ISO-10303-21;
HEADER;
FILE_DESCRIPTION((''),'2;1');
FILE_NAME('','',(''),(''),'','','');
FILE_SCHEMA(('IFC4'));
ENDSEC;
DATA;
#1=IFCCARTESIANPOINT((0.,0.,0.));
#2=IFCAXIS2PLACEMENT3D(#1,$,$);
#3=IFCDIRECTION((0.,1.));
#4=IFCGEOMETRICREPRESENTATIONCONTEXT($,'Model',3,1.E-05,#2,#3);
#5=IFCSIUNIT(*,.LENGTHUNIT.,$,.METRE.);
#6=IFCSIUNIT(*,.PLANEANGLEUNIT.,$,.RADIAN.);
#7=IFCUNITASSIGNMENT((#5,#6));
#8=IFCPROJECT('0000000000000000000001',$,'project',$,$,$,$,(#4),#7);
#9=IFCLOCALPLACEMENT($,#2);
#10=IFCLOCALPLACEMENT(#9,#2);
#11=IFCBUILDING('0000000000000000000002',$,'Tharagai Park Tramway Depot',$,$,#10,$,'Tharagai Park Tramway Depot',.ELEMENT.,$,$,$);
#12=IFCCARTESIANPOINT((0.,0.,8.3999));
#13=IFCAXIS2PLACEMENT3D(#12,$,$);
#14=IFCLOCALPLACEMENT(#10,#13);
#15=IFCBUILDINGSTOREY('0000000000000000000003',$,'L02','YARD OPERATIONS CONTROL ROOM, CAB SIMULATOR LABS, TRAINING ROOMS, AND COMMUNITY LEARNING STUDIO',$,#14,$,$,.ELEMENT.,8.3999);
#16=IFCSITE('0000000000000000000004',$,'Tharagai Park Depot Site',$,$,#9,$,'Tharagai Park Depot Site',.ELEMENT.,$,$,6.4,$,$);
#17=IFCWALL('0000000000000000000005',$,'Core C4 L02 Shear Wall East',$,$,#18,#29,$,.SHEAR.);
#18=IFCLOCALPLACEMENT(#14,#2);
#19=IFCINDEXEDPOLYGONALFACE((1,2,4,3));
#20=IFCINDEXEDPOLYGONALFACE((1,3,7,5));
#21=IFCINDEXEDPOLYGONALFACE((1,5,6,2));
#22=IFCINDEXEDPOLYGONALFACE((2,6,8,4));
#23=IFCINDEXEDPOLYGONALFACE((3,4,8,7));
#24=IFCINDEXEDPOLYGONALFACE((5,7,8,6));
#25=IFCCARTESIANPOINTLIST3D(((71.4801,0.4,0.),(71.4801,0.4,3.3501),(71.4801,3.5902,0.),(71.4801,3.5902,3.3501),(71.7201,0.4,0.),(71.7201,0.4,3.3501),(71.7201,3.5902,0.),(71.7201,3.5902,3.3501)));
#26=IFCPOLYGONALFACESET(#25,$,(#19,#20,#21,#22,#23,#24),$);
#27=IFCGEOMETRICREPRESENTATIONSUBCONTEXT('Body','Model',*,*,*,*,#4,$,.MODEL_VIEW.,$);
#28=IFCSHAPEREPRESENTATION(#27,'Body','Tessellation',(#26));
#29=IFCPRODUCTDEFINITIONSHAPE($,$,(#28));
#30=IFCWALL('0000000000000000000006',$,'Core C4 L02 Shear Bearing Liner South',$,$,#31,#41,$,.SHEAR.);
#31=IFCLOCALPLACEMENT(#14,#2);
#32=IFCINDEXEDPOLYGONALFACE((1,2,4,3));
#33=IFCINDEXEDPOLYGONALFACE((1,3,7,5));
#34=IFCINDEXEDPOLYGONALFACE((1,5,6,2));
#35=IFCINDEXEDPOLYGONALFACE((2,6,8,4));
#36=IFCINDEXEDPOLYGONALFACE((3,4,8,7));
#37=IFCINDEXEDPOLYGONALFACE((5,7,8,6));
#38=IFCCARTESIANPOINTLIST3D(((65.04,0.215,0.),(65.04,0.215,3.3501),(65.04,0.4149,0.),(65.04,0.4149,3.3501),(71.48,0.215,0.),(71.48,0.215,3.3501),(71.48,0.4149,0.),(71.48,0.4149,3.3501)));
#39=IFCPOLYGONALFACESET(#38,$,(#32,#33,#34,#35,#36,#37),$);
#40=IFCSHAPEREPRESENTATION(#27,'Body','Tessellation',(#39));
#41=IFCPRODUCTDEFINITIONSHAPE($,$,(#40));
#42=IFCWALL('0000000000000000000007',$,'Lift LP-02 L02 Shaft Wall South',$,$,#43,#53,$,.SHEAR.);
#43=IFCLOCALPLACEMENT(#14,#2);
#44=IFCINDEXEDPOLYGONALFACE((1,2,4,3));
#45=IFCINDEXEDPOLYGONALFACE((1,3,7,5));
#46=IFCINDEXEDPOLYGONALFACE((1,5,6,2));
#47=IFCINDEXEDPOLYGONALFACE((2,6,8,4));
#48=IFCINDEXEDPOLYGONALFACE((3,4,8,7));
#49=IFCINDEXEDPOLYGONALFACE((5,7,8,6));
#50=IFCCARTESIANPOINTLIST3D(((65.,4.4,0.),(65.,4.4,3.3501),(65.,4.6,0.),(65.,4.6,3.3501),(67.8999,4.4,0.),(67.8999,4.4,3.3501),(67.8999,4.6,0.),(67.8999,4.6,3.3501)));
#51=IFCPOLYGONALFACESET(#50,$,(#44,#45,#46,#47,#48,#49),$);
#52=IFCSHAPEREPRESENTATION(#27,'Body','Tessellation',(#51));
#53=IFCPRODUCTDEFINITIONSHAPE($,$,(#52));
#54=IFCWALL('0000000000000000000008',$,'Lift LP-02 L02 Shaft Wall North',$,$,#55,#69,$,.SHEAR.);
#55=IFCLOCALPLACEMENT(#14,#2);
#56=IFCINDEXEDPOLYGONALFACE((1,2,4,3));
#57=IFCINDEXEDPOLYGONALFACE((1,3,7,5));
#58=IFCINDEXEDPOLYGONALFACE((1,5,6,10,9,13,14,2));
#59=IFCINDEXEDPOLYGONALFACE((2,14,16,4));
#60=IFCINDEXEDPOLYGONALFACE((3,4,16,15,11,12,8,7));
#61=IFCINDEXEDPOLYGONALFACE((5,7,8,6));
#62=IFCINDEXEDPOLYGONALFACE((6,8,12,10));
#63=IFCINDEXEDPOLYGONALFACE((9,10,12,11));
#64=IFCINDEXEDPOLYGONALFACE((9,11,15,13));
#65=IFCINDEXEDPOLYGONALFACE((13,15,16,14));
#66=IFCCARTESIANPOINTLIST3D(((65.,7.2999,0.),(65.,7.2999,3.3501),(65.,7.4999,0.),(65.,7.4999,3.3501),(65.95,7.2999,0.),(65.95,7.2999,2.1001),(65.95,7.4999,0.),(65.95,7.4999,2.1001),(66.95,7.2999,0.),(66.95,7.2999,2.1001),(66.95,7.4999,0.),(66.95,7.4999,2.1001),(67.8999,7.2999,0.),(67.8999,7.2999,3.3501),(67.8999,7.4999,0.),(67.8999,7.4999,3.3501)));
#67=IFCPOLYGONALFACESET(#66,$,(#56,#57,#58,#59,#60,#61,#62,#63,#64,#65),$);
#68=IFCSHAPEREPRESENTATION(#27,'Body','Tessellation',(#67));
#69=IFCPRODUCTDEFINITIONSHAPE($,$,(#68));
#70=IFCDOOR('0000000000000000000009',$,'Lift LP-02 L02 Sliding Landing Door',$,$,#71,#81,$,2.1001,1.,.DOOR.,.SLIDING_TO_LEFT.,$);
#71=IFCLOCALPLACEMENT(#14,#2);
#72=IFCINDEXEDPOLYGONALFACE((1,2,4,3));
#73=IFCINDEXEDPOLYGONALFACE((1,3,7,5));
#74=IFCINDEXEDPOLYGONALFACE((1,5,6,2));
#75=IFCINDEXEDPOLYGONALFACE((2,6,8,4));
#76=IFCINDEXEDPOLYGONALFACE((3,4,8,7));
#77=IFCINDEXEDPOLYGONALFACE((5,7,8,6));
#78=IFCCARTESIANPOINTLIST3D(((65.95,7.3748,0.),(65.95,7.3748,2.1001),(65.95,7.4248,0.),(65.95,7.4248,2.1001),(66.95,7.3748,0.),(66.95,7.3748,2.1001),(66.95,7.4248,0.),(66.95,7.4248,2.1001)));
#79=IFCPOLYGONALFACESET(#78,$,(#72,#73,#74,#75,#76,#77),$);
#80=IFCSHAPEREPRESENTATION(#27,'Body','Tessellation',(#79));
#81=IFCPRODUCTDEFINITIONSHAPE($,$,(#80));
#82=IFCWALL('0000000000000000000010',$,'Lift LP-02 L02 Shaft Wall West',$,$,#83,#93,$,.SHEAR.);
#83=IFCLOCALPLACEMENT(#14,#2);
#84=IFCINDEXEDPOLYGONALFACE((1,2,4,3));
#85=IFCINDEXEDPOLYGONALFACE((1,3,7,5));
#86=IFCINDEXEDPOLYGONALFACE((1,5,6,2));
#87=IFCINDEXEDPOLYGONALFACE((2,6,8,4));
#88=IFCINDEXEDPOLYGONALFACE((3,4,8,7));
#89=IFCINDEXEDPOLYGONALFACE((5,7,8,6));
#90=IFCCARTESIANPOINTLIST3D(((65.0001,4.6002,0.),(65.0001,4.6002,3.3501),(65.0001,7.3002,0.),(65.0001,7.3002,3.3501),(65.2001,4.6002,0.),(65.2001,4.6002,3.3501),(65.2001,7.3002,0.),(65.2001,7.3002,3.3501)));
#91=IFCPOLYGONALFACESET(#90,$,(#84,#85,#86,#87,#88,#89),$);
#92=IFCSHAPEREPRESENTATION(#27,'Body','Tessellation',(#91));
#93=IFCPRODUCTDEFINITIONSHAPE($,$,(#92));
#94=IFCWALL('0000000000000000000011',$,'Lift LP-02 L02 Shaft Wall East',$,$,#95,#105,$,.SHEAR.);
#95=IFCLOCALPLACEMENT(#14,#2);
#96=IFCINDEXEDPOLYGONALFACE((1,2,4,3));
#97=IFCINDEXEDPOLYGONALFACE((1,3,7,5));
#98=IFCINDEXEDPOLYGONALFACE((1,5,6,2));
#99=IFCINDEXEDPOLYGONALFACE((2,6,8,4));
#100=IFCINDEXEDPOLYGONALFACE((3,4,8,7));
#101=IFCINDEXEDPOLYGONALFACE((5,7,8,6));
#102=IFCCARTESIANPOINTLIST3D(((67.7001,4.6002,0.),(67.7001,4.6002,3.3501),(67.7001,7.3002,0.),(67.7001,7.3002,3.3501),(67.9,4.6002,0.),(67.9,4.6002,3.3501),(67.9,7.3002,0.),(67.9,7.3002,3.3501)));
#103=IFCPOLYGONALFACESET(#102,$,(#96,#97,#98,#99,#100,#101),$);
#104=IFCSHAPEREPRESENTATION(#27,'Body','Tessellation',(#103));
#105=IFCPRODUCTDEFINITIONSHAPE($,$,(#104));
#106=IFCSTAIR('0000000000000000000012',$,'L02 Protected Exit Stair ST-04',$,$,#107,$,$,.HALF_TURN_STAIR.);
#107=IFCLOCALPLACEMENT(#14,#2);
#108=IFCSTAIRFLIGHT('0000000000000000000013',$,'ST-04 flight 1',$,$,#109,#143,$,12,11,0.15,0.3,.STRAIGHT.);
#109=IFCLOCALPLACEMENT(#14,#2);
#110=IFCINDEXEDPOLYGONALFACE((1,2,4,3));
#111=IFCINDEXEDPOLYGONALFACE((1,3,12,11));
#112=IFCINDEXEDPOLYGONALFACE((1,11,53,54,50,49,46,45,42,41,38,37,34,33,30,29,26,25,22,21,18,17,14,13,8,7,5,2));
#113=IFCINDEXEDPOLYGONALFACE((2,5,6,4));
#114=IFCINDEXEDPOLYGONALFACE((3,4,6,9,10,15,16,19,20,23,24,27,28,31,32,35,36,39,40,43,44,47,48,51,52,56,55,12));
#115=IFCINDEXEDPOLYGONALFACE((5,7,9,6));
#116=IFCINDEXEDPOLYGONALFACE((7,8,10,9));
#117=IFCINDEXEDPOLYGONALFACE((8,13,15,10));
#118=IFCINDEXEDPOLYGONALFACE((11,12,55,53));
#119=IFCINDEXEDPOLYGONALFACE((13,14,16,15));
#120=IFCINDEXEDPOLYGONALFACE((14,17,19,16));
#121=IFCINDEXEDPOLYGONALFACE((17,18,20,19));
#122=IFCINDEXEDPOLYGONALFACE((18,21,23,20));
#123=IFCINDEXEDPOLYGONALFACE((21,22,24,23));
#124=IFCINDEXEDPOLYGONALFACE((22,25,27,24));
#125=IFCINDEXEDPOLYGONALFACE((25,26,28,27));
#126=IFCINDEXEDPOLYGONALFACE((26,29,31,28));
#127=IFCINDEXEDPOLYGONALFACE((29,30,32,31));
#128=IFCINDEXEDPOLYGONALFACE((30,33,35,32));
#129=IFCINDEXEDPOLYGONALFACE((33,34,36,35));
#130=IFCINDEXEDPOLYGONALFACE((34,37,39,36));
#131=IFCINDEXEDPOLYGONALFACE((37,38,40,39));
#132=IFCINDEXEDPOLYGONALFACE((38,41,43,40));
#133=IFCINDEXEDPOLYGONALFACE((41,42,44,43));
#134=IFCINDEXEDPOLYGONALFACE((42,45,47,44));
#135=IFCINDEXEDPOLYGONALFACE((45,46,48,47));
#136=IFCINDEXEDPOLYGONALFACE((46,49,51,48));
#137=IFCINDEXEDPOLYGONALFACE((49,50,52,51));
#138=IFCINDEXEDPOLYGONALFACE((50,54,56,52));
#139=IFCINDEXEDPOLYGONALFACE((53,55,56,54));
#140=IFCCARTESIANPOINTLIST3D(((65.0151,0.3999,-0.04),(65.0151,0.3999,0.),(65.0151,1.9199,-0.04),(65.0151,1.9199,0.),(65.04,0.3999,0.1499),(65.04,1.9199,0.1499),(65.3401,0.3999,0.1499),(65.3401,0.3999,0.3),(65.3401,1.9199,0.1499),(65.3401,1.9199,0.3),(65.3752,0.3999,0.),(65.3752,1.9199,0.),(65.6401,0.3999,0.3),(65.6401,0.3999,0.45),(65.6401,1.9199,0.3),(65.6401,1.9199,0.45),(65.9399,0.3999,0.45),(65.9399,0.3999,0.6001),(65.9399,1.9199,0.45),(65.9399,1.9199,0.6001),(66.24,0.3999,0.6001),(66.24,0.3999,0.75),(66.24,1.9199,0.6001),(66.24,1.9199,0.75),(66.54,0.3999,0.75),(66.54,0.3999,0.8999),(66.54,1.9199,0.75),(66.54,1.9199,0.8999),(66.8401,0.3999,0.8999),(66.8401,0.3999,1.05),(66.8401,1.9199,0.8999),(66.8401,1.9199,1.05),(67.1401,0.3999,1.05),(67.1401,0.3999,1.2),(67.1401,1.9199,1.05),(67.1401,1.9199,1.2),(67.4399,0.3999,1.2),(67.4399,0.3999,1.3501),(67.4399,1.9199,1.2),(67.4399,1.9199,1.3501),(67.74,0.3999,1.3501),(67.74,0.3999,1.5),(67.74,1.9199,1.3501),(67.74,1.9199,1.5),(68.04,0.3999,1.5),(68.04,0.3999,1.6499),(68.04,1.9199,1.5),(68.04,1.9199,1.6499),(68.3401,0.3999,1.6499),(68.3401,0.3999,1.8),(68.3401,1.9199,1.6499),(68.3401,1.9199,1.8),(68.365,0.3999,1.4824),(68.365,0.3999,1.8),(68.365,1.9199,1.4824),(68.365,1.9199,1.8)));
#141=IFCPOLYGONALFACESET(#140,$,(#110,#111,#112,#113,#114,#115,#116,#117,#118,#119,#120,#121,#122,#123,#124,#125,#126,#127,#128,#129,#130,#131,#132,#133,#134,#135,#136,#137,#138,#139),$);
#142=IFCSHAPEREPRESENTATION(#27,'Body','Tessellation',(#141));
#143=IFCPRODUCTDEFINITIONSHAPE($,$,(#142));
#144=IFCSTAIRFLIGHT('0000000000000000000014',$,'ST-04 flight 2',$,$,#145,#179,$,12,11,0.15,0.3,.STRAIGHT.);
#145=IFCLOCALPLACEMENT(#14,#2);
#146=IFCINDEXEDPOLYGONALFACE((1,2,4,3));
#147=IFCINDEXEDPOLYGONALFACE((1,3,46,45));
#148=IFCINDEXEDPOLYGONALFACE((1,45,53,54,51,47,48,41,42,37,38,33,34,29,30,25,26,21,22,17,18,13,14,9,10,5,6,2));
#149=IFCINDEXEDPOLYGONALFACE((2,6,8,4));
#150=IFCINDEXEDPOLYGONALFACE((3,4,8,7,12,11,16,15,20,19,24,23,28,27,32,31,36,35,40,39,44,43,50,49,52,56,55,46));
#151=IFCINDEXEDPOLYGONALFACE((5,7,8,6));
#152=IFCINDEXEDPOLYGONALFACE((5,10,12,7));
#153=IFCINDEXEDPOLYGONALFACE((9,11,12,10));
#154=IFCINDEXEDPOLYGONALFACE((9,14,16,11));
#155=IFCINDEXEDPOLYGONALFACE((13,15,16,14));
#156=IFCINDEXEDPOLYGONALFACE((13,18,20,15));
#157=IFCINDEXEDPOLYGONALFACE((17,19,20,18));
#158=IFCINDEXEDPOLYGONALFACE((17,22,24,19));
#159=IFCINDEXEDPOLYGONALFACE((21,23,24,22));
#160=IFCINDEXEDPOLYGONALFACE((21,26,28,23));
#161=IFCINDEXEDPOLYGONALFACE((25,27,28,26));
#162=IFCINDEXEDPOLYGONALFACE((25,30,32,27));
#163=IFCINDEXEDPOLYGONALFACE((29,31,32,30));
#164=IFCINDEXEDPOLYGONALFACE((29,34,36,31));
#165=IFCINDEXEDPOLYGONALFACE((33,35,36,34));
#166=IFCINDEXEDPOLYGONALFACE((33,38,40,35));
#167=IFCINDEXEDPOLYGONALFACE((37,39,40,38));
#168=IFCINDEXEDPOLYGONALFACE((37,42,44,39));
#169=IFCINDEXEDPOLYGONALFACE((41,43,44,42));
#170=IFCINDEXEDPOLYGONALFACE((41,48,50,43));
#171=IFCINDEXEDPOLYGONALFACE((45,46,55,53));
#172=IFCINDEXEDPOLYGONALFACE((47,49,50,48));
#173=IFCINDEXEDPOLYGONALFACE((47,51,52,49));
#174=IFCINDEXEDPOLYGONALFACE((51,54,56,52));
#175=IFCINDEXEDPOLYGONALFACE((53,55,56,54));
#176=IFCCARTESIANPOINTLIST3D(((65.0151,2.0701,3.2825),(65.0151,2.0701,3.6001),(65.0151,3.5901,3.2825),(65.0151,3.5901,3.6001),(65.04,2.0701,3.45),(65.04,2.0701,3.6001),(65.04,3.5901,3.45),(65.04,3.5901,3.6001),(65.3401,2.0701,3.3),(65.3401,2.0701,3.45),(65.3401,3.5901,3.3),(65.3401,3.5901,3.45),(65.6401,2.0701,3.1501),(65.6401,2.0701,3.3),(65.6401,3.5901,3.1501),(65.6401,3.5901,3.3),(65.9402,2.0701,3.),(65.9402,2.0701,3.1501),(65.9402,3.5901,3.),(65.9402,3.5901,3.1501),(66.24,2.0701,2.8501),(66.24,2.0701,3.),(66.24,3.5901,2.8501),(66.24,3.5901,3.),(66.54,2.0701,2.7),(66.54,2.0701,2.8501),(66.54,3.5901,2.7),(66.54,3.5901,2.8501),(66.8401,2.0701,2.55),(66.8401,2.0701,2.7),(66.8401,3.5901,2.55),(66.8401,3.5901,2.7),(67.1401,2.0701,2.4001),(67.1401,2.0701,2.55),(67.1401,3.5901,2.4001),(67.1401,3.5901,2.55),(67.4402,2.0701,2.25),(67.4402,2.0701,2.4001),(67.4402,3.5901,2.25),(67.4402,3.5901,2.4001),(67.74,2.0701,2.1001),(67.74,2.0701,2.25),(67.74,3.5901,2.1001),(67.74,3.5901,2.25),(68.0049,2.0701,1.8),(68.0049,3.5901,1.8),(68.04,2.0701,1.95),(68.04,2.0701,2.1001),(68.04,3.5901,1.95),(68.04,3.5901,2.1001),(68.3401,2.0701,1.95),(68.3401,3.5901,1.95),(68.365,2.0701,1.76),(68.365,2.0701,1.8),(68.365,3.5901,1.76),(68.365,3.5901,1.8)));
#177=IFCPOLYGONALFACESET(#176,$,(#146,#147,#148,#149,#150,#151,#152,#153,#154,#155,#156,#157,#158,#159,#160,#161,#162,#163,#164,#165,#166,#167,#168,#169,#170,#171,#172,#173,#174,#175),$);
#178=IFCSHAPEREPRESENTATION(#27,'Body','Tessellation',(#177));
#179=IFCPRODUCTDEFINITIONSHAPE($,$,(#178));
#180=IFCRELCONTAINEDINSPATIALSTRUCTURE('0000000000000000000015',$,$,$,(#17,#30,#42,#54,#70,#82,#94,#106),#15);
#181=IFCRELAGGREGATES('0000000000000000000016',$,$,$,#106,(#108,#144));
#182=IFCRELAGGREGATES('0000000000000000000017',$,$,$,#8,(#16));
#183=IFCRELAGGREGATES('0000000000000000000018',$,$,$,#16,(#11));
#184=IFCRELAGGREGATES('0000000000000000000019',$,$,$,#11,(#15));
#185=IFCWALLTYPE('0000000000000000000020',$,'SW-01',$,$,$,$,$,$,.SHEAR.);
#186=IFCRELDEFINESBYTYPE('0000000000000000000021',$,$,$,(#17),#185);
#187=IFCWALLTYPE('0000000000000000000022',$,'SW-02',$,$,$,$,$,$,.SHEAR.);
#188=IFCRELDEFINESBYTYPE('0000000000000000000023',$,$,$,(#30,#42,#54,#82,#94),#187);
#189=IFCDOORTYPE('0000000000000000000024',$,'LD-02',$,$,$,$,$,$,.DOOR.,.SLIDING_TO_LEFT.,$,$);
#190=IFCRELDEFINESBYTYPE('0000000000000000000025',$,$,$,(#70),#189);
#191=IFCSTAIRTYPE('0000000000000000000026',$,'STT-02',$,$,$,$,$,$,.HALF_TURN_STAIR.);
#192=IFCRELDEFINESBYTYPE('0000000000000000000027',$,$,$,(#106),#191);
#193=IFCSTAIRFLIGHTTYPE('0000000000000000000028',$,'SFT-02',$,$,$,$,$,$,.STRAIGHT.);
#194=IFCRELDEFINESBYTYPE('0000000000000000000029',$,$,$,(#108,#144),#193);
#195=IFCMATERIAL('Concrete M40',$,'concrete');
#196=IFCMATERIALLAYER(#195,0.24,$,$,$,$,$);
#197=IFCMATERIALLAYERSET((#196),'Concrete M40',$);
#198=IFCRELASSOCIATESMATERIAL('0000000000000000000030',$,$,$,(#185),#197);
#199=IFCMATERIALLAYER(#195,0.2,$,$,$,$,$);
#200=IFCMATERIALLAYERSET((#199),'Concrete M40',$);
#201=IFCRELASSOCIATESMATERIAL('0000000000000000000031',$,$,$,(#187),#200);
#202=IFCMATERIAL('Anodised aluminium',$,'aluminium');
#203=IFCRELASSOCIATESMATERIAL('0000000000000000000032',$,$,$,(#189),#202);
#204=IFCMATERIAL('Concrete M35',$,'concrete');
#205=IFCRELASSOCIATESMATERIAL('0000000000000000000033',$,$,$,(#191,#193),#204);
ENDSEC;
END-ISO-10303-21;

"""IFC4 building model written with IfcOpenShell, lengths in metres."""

from ifc_helpers import new_model, si_unit, direction, frame, frame_2d, origin, place, context, subcontext, project, spatial, polyline, rectangle, outline, extrude, material, layer, layer_set, type_object, element, fill, aggregate, save


model = new_model("IFC4")

# Units and contexts
model_context = context("Model", 3, precision=1e-05, world=origin(), true_north=direction((0.0, 1.0)))
body_context = subcontext(model_context, "Body", "Model", "MODEL_VIEW")
ifc_project = project(units=[si_unit("LENGTHUNIT", "METRE"), si_unit("PLANEANGLEUNIT", "RADIAN")], contexts=[model_context])

# Site, building, storey
site_placement = place(None, origin())
site = spatial("IfcSite", under=ifc_project, at=site_placement, Name="Tharagai Park Depot Site", LongName="Tharagai Park Depot Site", CompositionType="ELEMENT", RefElevation=6.4)
building_placement = place(site_placement, origin())
building = spatial("IfcBuilding", under=site, at=building_placement, Name="Tharagai Park Tramway Depot", LongName="Tharagai Park Tramway Depot", CompositionType="ELEMENT")
storey_placement = place(building_placement, frame((0.0, 0.0, 8.3999)))
storey = spatial("IfcBuildingStorey", under=building, at=storey_placement, Name="L02", Description="YARD OPERATIONS CONTROL ROOM, CAB SIMULATOR LABS, TRAINING ROOMS, AND COMMUNITY LEARNING STUDIO", CompositionType="ELEMENT", Elevation=8.3999)

# Shared definitions
ifc_material_1 = material(Name="Concrete M40", Category="concrete")

# Shared definitions
ifc_material_2 = material(Name="Concrete M35", Category="concrete")

# Shared definitions
ifc_layer_1 = layer(ifc_material_1, 0.24)
ifc_layer_set_1 = layer_set([ifc_layer_1], Name="Concrete M40")
wall_type_1 = type_object("IfcWallType", Name="SW-01", PredefinedType="SHEAR", material=ifc_layer_set_1)

# Walls
for number, where, z_axis, x_axis, name in (
    (1, (71.6001, 0.3999, 0.0), (0.0, 0.0, 1.0), (0.0, 1.0, 0.0), "Core C4 L02 Shear Wall East"),
):
    element("IfcWall", number, at=place(storey_placement, frame(where, z_axis=z_axis, x_axis=x_axis)), inside=storey, type_object=wall_type_1, Name=name, PredefinedType="SHEAR", context=body_context, shape_type="SweptSolid", body=[
        extrude(rectangle(XDim=3.1902, YDim=0.24, at=frame_2d((1.5952, 0.0))), origin(), (0.0, 0.0, 1.0), 3.3501),
    ])
ifc_layer_2 = layer(ifc_material_1, 0.2)
ifc_layer_set_2 = layer_set([ifc_layer_2], Name="Concrete M40")
wall_type_2 = type_object("IfcWallType", Name="SW-02", PredefinedType="SHEAR", material=ifc_layer_set_2)
wall_1_placement = place(storey_placement, frame((65.04, 0.3149, 0.0), z_axis=(0.0, 0.0, 1.0), x_axis=(1.0, 0.0, 0.0)))
element("IfcWall", 2, at=wall_1_placement, inside=storey, type_object=wall_type_2, Name="Core C4 L02 Shear Bearing Liner South", PredefinedType="SHEAR", context=body_context, shape_type="SweptSolid", body=[
    extrude(rectangle(XDim=6.4399, YDim=0.2, at=frame_2d((3.22, 0.0))), origin(), (0.0, 0.0, 1.0), 3.3501),
])
wall_2_placement = place(storey_placement, frame((65.0, 4.5, 0.0), z_axis=(0.0, 0.0, 1.0), x_axis=(1.0, 0.0, 0.0)))
element("IfcWall", 3, at=wall_2_placement, inside=storey, type_object=wall_type_2, Name="Lift LP-02 L02 Shaft Wall South", PredefinedType="SHEAR", context=body_context, shape_type="SweptSolid", body=[
    extrude(rectangle(XDim=2.8999, YDim=0.2, at=frame_2d((1.45, 0.0))), origin(), (0.0, 0.0, 1.0), 3.3501),
])

# Wall, opening, door
wall_3_placement = place(storey_placement, frame((65.0, 7.3999, 0.0), z_axis=(0.0, 0.0, 1.0), x_axis=(1.0, 0.0, 0.0)))
wall_3 = element("IfcWall", 4, at=wall_3_placement, inside=storey, type_object=wall_type_2, Name="Lift LP-02 L02 Shaft Wall North", PredefinedType="SHEAR", context=body_context, shape_type="SweptSolid", body=[
    extrude(rectangle(XDim=2.8999, YDim=0.2, at=frame_2d((1.45, 0.0))), origin(), (0.0, 0.0, 1.0), 3.3501),
])
opening_1_placement = place(wall_3_placement, frame((0.95, 0.0, 0.0)))
opening_1 = element("IfcOpeningElement", 5, at=opening_1_placement, cuts=wall_3, PredefinedType="OPENING", context=body_context, shape_type="SweptSolid", body=[
    extrude(rectangle(XDim=1.0, YDim=2.1001, at=frame_2d((0.5, 1.05))), frame((0.0, 0.1099, 0.0), z_axis=(0.0, -1.0, 0.0), x_axis=(1.0, 0.0, 0.0)), (0.0, 0.0, 1.0), 0.22),
])
ifc_material_3 = material(Name="Anodised aluminium", Category="aluminium")
door_type_1 = type_object("IfcDoorType", Name="LD-02", OperationType="SLIDING_TO_LEFT", PredefinedType="DOOR", material=ifc_material_3)
door_1_placement = place(opening_1_placement, origin())
door_1 = element("IfcDoor", 6, at=door_1_placement, inside=storey, type_object=door_type_1, Name="Lift LP-02 L02 Sliding Landing Door", OperationType="SLIDING_TO_LEFT", OverallHeight=2.1001, OverallWidth=1.0, PredefinedType="DOOR", context=body_context, shape_type="SweptSolid", body=[
    extrude(rectangle(XDim=1.0, YDim=2.1001, at=frame_2d((0.5, 1.05))), frame((0.0, 0.0249, 0.0), z_axis=(0.0, -1.0, 0.0), x_axis=(1.0, 0.0, 0.0)), (0.0, 0.0, 1.0), 0.05),
])
fill(opening_1, door_1)

# Walls
for number, where, z_axis, x_axis, name in (
    (7, (65.1001, 4.6001, 0.0), (0.0, 0.0, 1.0), (0.0, 1.0, 0.0), "Lift LP-02 L02 Shaft Wall West"),
    (8, (67.8, 4.6001, 0.0), (0.0, 0.0, 1.0), (0.0, 1.0, 0.0), "Lift LP-02 L02 Shaft Wall East"),
):
    element("IfcWall", number, at=place(storey_placement, frame(where, z_axis=z_axis, x_axis=x_axis)), inside=storey, type_object=wall_type_2, Name=name, PredefinedType="SHEAR", context=body_context, shape_type="SweptSolid", body=[
        extrude(rectangle(XDim=2.7, YDim=0.2, at=frame_2d((1.3501, 0.0))), origin(), (0.0, 0.0, 1.0), 3.3501),
    ])

# Stair, stair flights
stair_type = type_object("IfcStairType", Name="STT-02", PredefinedType="HALF_TURN_STAIR", material=ifc_material_2)
stair_placement = place(storey_placement, origin())
stair = element("IfcStair", 9, at=stair_placement, inside=storey, type_object=stair_type, Name="L02 Protected Exit Stair ST-04", PredefinedType="HALF_TURN_STAIR")
stair_flight_type = type_object("IfcStairFlightType", Name="SFT-02", PredefinedType="STRAIGHT", material=ifc_material_2)
stair_flight_1_placement = place(storey_placement, frame((65.04, 1.1599, 0.0), z_axis=(0.0, 0.0, 1.0), x_axis=(1.0, 0.0, 0.0)))
stair_flight_1 = element("IfcStairFlight", 10, at=stair_flight_1_placement, type_object=stair_flight_type, Name="ST-04 flight 1", NumberOfRisers=12, NumberOfTreads=11, PredefinedType="STRAIGHT", RiserHeight=0.15, TreadLength=0.3, context=body_context, shape_type="SweptSolid", body=[
    extrude(outline(polyline([(-0.0249, 0.0), (0.0, 0.1499), (0.3, 0.1499), (0.3, 0.3), (0.6001, 0.3), (0.6001, 0.45), (0.8999, 0.45), (0.8999, 0.6001), (1.2, 0.6001), (1.2, 0.75), (1.5, 0.75), (1.5, 0.8999), (1.8, 0.8999), (1.8, 1.05), (2.1001, 1.05), (2.1001, 1.2), (2.3999, 1.2), (2.3999, 1.3501), (2.7, 1.3501), (2.7, 1.5), (3.0, 1.5), (3.0, 1.6499), (3.3, 1.6499), (3.3, 1.8), (3.325, 1.8), (3.325, 1.4824), (0.3352, 0.0), (-0.0249, -0.04), (-0.0249, 0.0)])), frame((0.0, 0.76, 0.0), z_axis=(0.0, -1.0, 0.0), x_axis=(1.0, 0.0, 0.0)), (0.0, 0.0, 1.0), 1.52),
])
stair_flight_2_placement = place(storey_placement, frame((68.3401, 2.8301, 1.8), z_axis=(0.0, 0.0, 1.0), x_axis=(-1.0, 0.0, 0.0)))
stair_flight_2 = element("IfcStairFlight", 11, at=stair_flight_2_placement, type_object=stair_flight_type, Name="ST-04 flight 2", NumberOfRisers=12, NumberOfTreads=11, PredefinedType="STRAIGHT", RiserHeight=0.15, TreadLength=0.3, context=body_context, shape_type="SweptSolid", body=[
    extrude(outline(polyline([(-0.0249, 0.0), (0.0, 0.1499), (0.3, 0.1499), (0.3, 0.3), (0.6001, 0.3), (0.6001, 0.45), (0.8999, 0.45), (0.8999, 0.6001), (1.2, 0.6001), (1.2, 0.75), (1.5, 0.75), (1.5, 0.8999), (1.8, 0.8999), (1.8, 1.05), (2.1001, 1.05), (2.1001, 1.2), (2.3999, 1.2), (2.3999, 1.3501), (2.7, 1.3501), (2.7, 1.5), (3.0, 1.5), (3.0, 1.6499), (3.3, 1.6499), (3.3, 1.8), (3.325, 1.8), (3.325, 1.4824), (0.3352, 0.0), (-0.0249, -0.04), (-0.0249, 0.0)])), frame((0.0, 0.76, 0.0), z_axis=(0.0, -1.0, 0.0), x_axis=(1.0, 0.0, 0.0)), (0.0, 0.0, 1.0), 1.52),
])
aggregate(stair, [stair_flight_1, stair_flight_2])

save(model, "model.ifc")
